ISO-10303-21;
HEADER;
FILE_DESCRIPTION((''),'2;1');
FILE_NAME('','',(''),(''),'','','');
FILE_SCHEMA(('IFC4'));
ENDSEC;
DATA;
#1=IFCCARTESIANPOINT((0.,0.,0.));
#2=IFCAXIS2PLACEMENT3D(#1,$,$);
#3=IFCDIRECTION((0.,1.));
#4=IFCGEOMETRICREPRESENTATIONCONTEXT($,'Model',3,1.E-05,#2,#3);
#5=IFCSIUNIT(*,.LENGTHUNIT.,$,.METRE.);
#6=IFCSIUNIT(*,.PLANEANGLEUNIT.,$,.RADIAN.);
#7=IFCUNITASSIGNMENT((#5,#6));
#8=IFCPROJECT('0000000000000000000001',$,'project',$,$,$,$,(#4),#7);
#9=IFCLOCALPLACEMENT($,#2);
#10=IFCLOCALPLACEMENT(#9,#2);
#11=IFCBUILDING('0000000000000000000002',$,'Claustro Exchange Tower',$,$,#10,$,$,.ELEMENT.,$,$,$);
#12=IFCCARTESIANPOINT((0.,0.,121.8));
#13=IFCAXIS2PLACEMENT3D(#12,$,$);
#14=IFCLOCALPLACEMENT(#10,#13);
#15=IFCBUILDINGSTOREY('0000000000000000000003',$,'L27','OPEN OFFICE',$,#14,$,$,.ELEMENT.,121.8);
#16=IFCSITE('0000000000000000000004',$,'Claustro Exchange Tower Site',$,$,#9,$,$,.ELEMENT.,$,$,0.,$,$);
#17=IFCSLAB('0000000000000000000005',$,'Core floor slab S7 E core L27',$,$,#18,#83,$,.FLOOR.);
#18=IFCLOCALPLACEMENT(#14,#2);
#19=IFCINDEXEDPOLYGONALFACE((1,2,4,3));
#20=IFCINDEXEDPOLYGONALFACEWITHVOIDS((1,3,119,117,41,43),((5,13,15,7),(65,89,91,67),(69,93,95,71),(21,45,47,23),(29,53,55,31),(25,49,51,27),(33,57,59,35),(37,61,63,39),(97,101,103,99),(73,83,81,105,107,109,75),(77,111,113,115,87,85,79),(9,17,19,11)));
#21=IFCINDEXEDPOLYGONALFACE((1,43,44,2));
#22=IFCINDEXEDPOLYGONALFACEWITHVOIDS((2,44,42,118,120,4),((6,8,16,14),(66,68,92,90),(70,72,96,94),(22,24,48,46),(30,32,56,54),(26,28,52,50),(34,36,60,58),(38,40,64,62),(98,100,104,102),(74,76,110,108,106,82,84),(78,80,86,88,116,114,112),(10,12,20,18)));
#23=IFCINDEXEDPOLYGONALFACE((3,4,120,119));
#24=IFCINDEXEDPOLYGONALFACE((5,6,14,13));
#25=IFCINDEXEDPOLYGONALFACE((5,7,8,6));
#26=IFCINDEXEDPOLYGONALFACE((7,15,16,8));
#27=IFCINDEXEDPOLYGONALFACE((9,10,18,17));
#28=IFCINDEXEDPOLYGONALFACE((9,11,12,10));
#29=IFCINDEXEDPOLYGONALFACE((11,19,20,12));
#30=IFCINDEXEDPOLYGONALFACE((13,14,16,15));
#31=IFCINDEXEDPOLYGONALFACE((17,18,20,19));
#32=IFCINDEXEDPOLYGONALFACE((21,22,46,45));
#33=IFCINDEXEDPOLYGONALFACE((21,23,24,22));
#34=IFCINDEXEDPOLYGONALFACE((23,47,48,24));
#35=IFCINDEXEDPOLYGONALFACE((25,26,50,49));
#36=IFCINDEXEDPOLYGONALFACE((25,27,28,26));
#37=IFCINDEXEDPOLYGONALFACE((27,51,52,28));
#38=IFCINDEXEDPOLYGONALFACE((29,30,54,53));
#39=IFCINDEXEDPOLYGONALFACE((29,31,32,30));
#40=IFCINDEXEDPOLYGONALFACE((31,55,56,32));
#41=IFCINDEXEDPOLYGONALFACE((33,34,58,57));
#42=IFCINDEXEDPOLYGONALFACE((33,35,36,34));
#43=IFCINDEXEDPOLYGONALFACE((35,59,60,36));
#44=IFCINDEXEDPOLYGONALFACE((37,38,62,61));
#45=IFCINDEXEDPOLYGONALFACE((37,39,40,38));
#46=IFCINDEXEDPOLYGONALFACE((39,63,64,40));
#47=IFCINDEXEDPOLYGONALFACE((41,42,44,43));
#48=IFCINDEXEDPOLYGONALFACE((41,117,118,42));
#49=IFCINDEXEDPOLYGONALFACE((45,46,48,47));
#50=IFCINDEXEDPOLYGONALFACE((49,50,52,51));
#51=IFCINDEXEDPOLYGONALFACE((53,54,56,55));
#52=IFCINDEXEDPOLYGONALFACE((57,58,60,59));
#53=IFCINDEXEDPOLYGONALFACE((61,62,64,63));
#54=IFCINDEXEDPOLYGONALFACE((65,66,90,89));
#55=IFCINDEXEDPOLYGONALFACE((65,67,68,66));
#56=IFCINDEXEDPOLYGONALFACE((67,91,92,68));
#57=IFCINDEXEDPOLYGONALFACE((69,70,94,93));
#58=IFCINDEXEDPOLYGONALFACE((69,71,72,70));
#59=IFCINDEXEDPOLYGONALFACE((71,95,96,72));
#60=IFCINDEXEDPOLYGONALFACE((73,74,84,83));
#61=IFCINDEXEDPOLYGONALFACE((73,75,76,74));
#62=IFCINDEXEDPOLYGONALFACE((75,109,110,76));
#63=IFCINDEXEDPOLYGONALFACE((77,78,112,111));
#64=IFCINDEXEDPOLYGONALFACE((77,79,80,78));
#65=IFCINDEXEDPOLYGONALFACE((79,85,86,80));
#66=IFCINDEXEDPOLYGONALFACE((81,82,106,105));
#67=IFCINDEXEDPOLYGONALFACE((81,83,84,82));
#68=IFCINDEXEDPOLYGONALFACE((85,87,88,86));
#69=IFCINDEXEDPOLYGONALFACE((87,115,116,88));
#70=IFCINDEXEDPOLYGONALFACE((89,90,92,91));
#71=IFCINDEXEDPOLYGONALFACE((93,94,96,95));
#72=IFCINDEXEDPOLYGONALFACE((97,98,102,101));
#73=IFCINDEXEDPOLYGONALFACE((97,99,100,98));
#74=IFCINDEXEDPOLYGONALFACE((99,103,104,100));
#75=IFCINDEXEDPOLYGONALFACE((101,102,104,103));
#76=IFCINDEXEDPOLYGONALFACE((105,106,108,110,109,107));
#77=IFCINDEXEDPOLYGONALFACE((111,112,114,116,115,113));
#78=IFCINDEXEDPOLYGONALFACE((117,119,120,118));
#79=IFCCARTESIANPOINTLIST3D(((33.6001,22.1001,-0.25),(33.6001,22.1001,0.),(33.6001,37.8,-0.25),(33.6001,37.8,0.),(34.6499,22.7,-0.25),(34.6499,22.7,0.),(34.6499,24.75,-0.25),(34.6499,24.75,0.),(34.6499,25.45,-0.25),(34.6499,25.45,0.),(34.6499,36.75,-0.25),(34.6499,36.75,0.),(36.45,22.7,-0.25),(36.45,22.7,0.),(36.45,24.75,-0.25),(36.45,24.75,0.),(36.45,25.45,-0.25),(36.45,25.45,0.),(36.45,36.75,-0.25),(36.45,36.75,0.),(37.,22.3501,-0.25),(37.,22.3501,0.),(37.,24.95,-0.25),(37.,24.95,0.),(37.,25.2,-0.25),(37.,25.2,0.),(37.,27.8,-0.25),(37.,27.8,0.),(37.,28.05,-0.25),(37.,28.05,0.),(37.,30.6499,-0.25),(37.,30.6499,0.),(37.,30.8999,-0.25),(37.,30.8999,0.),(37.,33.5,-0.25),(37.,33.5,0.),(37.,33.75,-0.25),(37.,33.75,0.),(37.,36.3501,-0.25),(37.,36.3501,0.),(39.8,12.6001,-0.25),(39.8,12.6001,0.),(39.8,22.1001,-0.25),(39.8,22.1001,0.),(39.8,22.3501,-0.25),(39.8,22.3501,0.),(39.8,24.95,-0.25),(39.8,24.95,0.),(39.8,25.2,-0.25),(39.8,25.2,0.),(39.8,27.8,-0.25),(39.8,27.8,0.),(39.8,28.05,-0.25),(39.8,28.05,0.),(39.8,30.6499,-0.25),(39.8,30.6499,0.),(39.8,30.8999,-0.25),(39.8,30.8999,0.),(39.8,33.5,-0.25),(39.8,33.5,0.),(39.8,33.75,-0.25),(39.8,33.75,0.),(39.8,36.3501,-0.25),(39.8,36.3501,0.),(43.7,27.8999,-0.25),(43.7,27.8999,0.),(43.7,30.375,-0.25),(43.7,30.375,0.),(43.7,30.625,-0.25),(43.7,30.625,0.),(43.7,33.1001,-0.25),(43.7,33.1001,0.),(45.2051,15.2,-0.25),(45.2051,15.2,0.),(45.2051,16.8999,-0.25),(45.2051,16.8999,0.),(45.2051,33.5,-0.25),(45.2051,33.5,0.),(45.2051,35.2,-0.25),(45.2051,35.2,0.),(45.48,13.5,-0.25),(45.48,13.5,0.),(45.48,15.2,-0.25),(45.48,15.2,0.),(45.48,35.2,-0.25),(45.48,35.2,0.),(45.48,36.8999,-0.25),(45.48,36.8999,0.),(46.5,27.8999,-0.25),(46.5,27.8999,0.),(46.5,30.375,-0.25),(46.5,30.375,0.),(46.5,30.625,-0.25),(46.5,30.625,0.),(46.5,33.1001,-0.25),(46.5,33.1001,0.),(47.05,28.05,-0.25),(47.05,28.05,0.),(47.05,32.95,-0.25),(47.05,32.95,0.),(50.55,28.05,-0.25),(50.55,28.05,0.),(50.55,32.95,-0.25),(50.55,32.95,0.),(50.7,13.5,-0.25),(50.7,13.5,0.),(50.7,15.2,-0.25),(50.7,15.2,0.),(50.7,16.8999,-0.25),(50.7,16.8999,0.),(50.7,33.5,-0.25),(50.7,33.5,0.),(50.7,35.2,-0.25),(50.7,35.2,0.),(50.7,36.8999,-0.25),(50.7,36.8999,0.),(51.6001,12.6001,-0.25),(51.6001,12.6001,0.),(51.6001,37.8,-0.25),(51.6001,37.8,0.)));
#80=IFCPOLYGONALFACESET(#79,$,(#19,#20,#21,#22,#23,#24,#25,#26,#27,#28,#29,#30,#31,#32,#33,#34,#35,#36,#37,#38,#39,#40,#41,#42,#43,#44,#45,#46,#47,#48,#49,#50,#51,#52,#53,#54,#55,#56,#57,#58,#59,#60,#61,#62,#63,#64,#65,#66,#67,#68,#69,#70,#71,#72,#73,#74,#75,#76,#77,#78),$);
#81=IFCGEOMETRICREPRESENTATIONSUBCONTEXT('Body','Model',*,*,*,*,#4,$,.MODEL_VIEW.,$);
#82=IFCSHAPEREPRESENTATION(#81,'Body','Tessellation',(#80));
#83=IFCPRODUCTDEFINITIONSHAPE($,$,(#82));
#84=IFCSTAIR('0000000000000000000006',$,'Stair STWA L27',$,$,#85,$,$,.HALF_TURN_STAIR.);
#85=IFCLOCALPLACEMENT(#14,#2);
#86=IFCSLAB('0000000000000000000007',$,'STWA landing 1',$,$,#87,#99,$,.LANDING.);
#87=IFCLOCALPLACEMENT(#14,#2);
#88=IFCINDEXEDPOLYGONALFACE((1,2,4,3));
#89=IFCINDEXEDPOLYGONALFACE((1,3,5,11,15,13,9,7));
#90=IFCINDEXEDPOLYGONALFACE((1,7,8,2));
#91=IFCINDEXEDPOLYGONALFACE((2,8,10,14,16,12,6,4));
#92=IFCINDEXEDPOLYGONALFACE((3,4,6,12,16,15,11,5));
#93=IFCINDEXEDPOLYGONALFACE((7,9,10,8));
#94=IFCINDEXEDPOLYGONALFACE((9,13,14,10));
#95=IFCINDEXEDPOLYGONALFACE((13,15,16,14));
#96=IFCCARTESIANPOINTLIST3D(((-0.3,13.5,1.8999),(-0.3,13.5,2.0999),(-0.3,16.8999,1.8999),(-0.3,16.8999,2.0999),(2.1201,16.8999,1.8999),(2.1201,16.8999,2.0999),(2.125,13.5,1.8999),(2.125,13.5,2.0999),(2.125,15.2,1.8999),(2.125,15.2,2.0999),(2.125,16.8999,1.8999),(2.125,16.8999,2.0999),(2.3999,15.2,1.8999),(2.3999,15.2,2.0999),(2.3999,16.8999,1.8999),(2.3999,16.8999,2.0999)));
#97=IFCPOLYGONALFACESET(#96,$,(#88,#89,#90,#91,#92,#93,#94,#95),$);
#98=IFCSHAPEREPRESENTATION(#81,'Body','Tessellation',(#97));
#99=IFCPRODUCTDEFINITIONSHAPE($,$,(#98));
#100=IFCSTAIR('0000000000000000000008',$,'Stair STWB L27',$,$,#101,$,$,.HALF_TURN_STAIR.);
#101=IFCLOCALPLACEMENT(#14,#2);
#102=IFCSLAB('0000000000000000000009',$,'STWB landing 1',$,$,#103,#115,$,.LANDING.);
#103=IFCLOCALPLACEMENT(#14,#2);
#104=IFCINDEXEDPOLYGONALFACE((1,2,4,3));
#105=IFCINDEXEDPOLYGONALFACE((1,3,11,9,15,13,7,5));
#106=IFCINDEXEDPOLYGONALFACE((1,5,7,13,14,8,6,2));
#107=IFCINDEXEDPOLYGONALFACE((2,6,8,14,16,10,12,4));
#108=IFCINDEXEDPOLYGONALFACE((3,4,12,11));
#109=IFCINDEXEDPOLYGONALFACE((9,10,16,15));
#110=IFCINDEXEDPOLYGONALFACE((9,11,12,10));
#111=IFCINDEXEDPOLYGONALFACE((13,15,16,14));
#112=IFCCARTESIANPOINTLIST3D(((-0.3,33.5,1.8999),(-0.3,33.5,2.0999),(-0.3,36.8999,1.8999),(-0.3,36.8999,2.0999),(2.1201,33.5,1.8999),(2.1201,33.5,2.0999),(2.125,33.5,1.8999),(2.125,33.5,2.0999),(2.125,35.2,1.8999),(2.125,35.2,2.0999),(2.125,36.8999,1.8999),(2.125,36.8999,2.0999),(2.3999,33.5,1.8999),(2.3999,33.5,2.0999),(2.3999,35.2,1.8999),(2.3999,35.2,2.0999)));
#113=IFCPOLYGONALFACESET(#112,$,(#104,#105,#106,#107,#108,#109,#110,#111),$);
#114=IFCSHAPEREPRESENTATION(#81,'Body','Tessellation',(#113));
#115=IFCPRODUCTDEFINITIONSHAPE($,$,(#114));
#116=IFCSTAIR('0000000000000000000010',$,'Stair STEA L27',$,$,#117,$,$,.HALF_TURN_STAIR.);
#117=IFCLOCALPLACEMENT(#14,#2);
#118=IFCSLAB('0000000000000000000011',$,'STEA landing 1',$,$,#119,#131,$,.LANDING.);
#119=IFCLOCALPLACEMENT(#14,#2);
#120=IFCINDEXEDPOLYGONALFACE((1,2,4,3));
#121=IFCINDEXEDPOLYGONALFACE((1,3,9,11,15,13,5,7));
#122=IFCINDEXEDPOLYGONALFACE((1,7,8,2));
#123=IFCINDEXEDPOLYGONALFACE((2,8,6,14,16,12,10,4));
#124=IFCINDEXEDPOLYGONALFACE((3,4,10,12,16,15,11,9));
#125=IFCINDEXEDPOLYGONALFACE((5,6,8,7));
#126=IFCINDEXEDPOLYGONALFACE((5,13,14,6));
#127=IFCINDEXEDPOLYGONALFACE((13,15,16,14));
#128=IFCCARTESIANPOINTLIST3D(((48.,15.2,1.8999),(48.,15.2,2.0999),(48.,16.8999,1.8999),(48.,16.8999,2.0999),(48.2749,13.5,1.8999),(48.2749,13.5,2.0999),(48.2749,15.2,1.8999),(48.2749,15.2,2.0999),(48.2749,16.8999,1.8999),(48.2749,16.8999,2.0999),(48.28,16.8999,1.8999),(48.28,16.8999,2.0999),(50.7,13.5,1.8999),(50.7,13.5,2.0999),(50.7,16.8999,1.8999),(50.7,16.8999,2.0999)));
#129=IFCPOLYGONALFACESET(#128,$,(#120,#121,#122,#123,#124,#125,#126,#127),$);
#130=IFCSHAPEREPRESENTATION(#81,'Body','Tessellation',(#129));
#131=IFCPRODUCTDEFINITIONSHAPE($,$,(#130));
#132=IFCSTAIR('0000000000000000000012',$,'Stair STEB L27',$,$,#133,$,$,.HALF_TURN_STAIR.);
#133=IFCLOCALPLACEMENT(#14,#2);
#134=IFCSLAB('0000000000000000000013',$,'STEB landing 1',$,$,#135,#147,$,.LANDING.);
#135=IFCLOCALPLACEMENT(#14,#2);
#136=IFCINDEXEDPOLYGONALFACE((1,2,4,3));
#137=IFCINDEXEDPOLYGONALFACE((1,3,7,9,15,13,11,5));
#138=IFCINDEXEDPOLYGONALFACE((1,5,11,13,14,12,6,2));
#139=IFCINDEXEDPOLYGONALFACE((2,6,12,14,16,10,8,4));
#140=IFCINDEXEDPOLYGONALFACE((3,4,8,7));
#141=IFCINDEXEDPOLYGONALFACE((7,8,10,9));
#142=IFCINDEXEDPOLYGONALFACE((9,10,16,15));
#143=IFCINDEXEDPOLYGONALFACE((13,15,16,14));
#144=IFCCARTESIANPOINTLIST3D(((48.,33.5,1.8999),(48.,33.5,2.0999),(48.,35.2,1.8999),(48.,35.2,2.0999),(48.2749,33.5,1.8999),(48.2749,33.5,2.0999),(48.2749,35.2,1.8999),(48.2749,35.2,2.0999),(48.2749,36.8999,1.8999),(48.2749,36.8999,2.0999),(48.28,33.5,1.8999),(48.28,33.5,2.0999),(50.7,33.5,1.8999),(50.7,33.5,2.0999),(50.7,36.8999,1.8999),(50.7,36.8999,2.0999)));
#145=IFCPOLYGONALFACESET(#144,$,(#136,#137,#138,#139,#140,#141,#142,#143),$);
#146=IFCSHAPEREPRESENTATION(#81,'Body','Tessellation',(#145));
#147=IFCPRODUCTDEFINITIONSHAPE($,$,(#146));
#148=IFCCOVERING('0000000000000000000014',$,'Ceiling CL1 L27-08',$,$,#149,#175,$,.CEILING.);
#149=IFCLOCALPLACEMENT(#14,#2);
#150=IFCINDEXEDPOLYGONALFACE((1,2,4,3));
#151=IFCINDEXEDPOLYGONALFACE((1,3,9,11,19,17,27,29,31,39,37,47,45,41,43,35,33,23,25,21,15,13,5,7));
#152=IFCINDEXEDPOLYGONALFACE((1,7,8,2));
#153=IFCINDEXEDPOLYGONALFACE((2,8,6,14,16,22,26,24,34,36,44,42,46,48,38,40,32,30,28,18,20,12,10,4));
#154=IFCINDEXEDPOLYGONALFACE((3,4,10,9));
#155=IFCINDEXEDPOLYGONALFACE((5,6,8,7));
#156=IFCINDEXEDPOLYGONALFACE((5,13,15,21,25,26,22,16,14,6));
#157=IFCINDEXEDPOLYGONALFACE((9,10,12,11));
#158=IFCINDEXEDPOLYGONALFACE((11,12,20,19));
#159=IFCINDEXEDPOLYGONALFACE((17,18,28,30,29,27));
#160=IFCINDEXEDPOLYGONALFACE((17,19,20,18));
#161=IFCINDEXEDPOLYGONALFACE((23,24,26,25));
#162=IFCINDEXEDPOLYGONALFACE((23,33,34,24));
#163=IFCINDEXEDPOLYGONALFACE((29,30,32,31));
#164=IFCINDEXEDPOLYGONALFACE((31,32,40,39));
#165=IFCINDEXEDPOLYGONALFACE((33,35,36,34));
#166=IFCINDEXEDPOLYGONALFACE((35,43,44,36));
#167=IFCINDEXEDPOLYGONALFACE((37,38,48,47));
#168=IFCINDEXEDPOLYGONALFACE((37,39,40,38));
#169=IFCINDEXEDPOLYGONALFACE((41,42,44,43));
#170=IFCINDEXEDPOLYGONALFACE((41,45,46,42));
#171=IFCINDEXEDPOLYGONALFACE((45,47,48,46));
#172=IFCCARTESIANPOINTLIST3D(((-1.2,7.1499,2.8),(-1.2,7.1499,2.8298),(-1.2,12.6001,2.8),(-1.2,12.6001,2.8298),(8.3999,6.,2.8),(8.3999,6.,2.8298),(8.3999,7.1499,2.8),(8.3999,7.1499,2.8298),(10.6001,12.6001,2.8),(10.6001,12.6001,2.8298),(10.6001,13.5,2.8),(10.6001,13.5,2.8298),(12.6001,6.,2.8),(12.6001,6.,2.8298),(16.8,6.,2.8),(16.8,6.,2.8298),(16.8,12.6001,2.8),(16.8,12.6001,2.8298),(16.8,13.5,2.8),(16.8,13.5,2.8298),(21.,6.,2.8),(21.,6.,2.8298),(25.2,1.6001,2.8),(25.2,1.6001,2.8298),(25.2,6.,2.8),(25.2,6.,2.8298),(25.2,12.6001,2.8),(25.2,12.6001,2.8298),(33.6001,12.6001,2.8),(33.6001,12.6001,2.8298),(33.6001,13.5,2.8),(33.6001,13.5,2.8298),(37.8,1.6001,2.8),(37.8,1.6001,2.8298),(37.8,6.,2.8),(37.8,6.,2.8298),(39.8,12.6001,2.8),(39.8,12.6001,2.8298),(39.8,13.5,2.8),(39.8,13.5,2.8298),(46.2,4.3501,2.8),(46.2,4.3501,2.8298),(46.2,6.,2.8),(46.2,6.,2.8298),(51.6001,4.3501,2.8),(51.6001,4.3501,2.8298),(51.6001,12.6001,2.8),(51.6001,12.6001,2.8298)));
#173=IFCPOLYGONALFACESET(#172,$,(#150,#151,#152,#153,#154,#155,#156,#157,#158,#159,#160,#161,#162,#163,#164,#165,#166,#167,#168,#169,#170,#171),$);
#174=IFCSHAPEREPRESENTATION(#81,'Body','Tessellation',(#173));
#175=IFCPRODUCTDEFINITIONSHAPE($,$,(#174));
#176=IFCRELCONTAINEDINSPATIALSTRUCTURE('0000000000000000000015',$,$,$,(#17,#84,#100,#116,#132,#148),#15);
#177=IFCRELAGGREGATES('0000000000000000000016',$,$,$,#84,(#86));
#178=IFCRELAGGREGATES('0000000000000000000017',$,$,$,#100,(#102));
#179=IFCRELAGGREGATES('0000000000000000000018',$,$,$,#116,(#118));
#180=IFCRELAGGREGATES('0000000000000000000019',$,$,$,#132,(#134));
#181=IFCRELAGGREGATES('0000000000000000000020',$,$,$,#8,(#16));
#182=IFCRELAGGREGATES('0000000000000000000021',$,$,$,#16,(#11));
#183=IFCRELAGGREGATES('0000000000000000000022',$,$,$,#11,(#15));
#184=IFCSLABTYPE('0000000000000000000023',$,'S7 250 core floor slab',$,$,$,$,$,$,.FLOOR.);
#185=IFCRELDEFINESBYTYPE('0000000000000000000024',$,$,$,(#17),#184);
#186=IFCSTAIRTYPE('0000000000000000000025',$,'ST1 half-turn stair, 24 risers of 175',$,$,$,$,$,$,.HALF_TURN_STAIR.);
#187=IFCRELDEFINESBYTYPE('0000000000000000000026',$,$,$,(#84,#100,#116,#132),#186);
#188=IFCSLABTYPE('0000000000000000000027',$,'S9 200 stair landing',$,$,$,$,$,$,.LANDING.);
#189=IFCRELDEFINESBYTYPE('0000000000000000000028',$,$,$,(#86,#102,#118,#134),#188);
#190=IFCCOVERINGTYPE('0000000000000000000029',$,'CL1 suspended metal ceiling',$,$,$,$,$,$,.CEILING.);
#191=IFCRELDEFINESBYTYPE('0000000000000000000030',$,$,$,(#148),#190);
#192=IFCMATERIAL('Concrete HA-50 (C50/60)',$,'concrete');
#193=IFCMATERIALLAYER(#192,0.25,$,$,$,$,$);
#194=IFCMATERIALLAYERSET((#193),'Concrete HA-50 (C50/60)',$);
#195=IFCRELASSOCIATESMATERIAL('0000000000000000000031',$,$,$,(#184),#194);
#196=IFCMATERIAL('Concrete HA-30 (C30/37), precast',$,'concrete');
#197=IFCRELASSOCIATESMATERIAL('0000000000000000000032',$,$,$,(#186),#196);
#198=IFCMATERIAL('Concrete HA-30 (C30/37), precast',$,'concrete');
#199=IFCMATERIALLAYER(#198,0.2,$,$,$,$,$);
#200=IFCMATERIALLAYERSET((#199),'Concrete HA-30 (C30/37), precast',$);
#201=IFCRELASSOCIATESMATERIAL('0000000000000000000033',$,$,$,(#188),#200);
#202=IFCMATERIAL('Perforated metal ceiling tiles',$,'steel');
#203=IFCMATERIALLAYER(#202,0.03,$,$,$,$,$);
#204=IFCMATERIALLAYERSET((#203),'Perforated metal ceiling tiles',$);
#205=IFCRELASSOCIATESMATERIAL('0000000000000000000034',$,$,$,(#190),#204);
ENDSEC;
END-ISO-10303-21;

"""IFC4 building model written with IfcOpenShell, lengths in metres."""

from ifc_helpers import new_model, si_unit, direction, frame, origin, place, context, subcontext, project, spatial, polyline, outline, extrude, material, layer, layer_set, type_object, element, aggregate, save


model = new_model("IFC4")

# Units and contexts
model_context = context("Model", 3, precision=1e-05, world=origin(), true_north=direction((0.0, 1.0)))
body_context = subcontext(model_context, "Body", "Model", "MODEL_VIEW")
ifc_project = project(units=[si_unit("LENGTHUNIT", "METRE"), si_unit("PLANEANGLEUNIT", "RADIAN")], contexts=[model_context])

# Site, building, storey
site_placement = place(None, origin())
site = spatial("IfcSite", under=ifc_project, at=site_placement, Name="Claustro Exchange Tower Site", CompositionType="ELEMENT", RefElevation=0.0)
building_placement = place(site_placement, origin())
building = spatial("IfcBuilding", under=site, at=building_placement, Name="Claustro Exchange Tower", CompositionType="ELEMENT")
storey_placement = place(building_placement, frame((0.0, 0.0, 121.8)))
storey = spatial("IfcBuildingStorey", under=building, at=storey_placement, Name="L27", Description="OPEN OFFICE", CompositionType="ELEMENT", Elevation=121.8)

# Slab
ifc_material_1 = material(Name="Concrete HA-50 (C50/60)", Category="concrete")
ifc_layer_1 = layer(ifc_material_1, 0.25)
ifc_layer_set_1 = layer_set([ifc_layer_1], Name="Concrete HA-50 (C50/60)")
slab_type_1 = type_object("IfcSlabType", Name="S7 250 core floor slab", PredefinedType="FLOOR", material=ifc_layer_set_1)
slab_1_placement = place(storey_placement, frame((0.0, 0.0, -0.25)))
element("IfcSlab", 1, at=slab_1_placement, inside=storey, type_object=slab_type_1, Name="Core floor slab S7 E core L27", PredefinedType="FLOOR", context=body_context, shape_type="SweptSolid", body=[
    extrude(outline(polyline([(51.6001, 37.8), (33.6001, 37.8), (33.6001, 22.1001), (39.8, 22.1001), (39.8, 12.6001), (51.6001, 12.6001), (51.6001, 37.8)]), holes=[polyline([(45.48, 15.2), (45.2051, 15.2), (45.2051, 16.8999), (50.7, 16.8999), (50.7, 15.2), (50.7, 13.5), (45.48, 13.5), (45.48, 15.2)]), polyline([(45.48, 35.2), (45.48, 36.8999), (50.7, 36.8999), (50.7, 35.2), (50.7, 33.5), (45.2051, 33.5), (45.2051, 35.2), (45.48, 35.2)]), polyline([(50.55, 32.95), (50.55, 28.05), (47.05, 28.05), (47.05, 32.95), (50.55, 32.95)]), polyline([(43.7, 33.1001), (46.5, 33.1001), (46.5, 30.625), (43.7, 30.625), (43.7, 33.1001)]), polyline([(46.5, 30.375), (46.5, 27.8999), (43.7, 27.8999), (43.7, 30.375), (46.5, 30.375)]), polyline([(37.0, 24.95), (39.8, 24.95), (39.8, 22.3501), (37.0, 22.3501), (37.0, 24.95)]), polyline([(37.0, 30.6499), (39.8, 30.6499), (39.8, 28.05), (37.0, 28.05), (37.0, 30.6499)]), polyline([(39.8, 27.8), (39.8, 25.2), (37.0, 25.2), (37.0, 27.8), (39.8, 27.8)]), polyline([(39.8, 33.5), (39.8, 30.8999), (37.0, 30.8999), (37.0, 33.5), (39.8, 33.5)]), polyline([(39.8, 36.3501), (39.8, 33.75), (37.0, 33.75), (37.0, 36.3501), (39.8, 36.3501)]), polyline([(36.45, 24.75), (36.45, 22.7), (34.6499, 22.7), (34.6499, 24.75), (36.45, 24.75)]), polyline([(36.45, 36.75), (36.45, 25.45), (34.6499, 25.45), (34.6499, 36.75), (36.45, 36.75)])]), origin(), (0.0, 0.0, 1.0), 0.25),
])

# Stairs, slabs
ifc_material_2 = material(Name="Concrete HA-30 (C30/37), precast", Category="concrete")
stair_type = type_object("IfcStairType", Name="ST1 half-turn stair, 24 risers of 175", PredefinedType="HALF_TURN_STAIR", material=ifc_material_2)
stair_1_placement = place(storey_placement, origin())
stair_1 = element("IfcStair", 2, at=stair_1_placement, inside=storey, type_object=stair_type, Name="Stair STWA L27", PredefinedType="HALF_TURN_STAIR")
ifc_material_3 = material(Name="Concrete HA-30 (C30/37), precast", Category="concrete")
ifc_layer_2 = layer(ifc_material_3, 0.2)
ifc_layer_set_2 = layer_set([ifc_layer_2], Name="Concrete HA-30 (C30/37), precast")
slab_type_2 = type_object("IfcSlabType", Name="S9 200 stair landing", PredefinedType="LANDING", material=ifc_layer_set_2)
slab_2_placement = place(storey_placement, frame((0.0, 0.0, 1.8999)))
slab_2 = element("IfcSlab", 3, at=slab_2_placement, type_object=slab_type_2, Name="STWA landing 1", PredefinedType="LANDING", context=body_context, shape_type="SweptSolid", body=[
    extrude(outline(polyline([(2.125, 13.5), (-0.3, 13.5), (-0.3, 16.8999), (2.1201, 16.8999), (2.125, 16.8999), (2.3999, 16.8999), (2.3999, 15.2), (2.125, 15.2), (2.125, 13.5)])), origin(), (0.0, 0.0, 1.0), 0.2),
])
aggregate(stair_1, [slab_2])
stair_2_placement = place(storey_placement, origin())
stair_2 = element("IfcStair", 4, at=stair_2_placement, inside=storey, type_object=stair_type, Name="Stair STWB L27", PredefinedType="HALF_TURN_STAIR")
slab_3_placement = place(storey_placement, frame((0.0, 0.0, 1.8999)))
slab_3 = element("IfcSlab", 5, at=slab_3_placement, type_object=slab_type_2, Name="STWB landing 1", PredefinedType="LANDING", context=body_context, shape_type="SweptSolid", body=[
    extrude(outline(polyline([(2.3999, 35.2), (2.3999, 33.5), (2.125, 33.5), (2.1201, 33.5), (-0.3, 33.5), (-0.3, 36.8999), (2.125, 36.8999), (2.125, 35.2), (2.3999, 35.2)])), origin(), (0.0, 0.0, 1.0), 0.2),
])
aggregate(stair_2, [slab_3])
stair_3_placement = place(storey_placement, origin())
stair_3 = element("IfcStair", 6, at=stair_3_placement, inside=storey, type_object=stair_type, Name="Stair STEA L27", PredefinedType="HALF_TURN_STAIR")
slab_4_placement = place(storey_placement, frame((0.0, 0.0, 1.8999)))
slab_4 = element("IfcSlab", 7, at=slab_4_placement, type_object=slab_type_2, Name="STEA landing 1", PredefinedType="LANDING", context=body_context, shape_type="SweptSolid", body=[
    extrude(outline(polyline([(50.7, 16.8999), (50.7, 13.5), (48.2749, 13.5), (48.2749, 15.2), (48.0, 15.2), (48.0, 16.8999), (48.2749, 16.8999), (48.28, 16.8999), (50.7, 16.8999)])), origin(), (0.0, 0.0, 1.0), 0.2),
])
aggregate(stair_3, [slab_4])
stair_4_placement = place(storey_placement, origin())
stair_4 = element("IfcStair", 8, at=stair_4_placement, inside=storey, type_object=stair_type, Name="Stair STEB L27", PredefinedType="HALF_TURN_STAIR")
slab_5_placement = place(storey_placement, frame((0.0, 0.0, 1.8999)))
slab_5 = element("IfcSlab", 9, at=slab_5_placement, type_object=slab_type_2, Name="STEB landing 1", PredefinedType="LANDING", context=body_context, shape_type="SweptSolid", body=[
    extrude(outline(polyline([(48.0, 33.5), (48.0, 35.2), (48.2749, 35.2), (48.2749, 36.8999), (50.7, 36.8999), (50.7, 33.5), (48.28, 33.5), (48.2749, 33.5), (48.0, 33.5)])), origin(), (0.0, 0.0, 1.0), 0.2),
])
aggregate(stair_4, [slab_5])

# Covering
ifc_material_4 = material(Name="Perforated metal ceiling tiles", Category="steel")
ifc_layer_3 = layer(ifc_material_4, 0.03)
ifc_layer_set_3 = layer_set([ifc_layer_3], Name="Perforated metal ceiling tiles")
covering_type_1 = type_object("IfcCoveringType", Name="CL1 suspended metal ceiling", PredefinedType="CEILING", material=ifc_layer_set_3)
covering_1_placement = place(storey_placement, frame((0.0, 0.0, 2.8)))
element("IfcCovering", 10, at=covering_1_placement, inside=storey, type_object=covering_type_1, Name="Ceiling CL1 L27-08", PredefinedType="CEILING", context=body_context, shape_type="SweptSolid", body=[
    extrude(outline(polyline([(10.6001, 12.6001), (-1.2, 12.6001), (-1.2, 7.1499), (8.3999, 7.1499), (8.3999, 6.0), (12.6001, 6.0), (16.8, 6.0), (21.0, 6.0), (25.2, 6.0), (25.2, 1.6001), (37.8, 1.6001), (37.8, 6.0), (46.2, 6.0), (46.2, 4.3501), (51.6001, 4.3501), (51.6001, 12.6001), (39.8, 12.6001), (39.8, 13.5), (33.6001, 13.5), (33.6001, 12.6001), (25.2, 12.6001), (16.8, 12.6001), (16.8, 13.5), (10.6001, 13.5), (10.6001, 12.6001)])), origin(), (0.0, 0.0, 1.0), 0.0298),
])

save(model, "model.ifc")
